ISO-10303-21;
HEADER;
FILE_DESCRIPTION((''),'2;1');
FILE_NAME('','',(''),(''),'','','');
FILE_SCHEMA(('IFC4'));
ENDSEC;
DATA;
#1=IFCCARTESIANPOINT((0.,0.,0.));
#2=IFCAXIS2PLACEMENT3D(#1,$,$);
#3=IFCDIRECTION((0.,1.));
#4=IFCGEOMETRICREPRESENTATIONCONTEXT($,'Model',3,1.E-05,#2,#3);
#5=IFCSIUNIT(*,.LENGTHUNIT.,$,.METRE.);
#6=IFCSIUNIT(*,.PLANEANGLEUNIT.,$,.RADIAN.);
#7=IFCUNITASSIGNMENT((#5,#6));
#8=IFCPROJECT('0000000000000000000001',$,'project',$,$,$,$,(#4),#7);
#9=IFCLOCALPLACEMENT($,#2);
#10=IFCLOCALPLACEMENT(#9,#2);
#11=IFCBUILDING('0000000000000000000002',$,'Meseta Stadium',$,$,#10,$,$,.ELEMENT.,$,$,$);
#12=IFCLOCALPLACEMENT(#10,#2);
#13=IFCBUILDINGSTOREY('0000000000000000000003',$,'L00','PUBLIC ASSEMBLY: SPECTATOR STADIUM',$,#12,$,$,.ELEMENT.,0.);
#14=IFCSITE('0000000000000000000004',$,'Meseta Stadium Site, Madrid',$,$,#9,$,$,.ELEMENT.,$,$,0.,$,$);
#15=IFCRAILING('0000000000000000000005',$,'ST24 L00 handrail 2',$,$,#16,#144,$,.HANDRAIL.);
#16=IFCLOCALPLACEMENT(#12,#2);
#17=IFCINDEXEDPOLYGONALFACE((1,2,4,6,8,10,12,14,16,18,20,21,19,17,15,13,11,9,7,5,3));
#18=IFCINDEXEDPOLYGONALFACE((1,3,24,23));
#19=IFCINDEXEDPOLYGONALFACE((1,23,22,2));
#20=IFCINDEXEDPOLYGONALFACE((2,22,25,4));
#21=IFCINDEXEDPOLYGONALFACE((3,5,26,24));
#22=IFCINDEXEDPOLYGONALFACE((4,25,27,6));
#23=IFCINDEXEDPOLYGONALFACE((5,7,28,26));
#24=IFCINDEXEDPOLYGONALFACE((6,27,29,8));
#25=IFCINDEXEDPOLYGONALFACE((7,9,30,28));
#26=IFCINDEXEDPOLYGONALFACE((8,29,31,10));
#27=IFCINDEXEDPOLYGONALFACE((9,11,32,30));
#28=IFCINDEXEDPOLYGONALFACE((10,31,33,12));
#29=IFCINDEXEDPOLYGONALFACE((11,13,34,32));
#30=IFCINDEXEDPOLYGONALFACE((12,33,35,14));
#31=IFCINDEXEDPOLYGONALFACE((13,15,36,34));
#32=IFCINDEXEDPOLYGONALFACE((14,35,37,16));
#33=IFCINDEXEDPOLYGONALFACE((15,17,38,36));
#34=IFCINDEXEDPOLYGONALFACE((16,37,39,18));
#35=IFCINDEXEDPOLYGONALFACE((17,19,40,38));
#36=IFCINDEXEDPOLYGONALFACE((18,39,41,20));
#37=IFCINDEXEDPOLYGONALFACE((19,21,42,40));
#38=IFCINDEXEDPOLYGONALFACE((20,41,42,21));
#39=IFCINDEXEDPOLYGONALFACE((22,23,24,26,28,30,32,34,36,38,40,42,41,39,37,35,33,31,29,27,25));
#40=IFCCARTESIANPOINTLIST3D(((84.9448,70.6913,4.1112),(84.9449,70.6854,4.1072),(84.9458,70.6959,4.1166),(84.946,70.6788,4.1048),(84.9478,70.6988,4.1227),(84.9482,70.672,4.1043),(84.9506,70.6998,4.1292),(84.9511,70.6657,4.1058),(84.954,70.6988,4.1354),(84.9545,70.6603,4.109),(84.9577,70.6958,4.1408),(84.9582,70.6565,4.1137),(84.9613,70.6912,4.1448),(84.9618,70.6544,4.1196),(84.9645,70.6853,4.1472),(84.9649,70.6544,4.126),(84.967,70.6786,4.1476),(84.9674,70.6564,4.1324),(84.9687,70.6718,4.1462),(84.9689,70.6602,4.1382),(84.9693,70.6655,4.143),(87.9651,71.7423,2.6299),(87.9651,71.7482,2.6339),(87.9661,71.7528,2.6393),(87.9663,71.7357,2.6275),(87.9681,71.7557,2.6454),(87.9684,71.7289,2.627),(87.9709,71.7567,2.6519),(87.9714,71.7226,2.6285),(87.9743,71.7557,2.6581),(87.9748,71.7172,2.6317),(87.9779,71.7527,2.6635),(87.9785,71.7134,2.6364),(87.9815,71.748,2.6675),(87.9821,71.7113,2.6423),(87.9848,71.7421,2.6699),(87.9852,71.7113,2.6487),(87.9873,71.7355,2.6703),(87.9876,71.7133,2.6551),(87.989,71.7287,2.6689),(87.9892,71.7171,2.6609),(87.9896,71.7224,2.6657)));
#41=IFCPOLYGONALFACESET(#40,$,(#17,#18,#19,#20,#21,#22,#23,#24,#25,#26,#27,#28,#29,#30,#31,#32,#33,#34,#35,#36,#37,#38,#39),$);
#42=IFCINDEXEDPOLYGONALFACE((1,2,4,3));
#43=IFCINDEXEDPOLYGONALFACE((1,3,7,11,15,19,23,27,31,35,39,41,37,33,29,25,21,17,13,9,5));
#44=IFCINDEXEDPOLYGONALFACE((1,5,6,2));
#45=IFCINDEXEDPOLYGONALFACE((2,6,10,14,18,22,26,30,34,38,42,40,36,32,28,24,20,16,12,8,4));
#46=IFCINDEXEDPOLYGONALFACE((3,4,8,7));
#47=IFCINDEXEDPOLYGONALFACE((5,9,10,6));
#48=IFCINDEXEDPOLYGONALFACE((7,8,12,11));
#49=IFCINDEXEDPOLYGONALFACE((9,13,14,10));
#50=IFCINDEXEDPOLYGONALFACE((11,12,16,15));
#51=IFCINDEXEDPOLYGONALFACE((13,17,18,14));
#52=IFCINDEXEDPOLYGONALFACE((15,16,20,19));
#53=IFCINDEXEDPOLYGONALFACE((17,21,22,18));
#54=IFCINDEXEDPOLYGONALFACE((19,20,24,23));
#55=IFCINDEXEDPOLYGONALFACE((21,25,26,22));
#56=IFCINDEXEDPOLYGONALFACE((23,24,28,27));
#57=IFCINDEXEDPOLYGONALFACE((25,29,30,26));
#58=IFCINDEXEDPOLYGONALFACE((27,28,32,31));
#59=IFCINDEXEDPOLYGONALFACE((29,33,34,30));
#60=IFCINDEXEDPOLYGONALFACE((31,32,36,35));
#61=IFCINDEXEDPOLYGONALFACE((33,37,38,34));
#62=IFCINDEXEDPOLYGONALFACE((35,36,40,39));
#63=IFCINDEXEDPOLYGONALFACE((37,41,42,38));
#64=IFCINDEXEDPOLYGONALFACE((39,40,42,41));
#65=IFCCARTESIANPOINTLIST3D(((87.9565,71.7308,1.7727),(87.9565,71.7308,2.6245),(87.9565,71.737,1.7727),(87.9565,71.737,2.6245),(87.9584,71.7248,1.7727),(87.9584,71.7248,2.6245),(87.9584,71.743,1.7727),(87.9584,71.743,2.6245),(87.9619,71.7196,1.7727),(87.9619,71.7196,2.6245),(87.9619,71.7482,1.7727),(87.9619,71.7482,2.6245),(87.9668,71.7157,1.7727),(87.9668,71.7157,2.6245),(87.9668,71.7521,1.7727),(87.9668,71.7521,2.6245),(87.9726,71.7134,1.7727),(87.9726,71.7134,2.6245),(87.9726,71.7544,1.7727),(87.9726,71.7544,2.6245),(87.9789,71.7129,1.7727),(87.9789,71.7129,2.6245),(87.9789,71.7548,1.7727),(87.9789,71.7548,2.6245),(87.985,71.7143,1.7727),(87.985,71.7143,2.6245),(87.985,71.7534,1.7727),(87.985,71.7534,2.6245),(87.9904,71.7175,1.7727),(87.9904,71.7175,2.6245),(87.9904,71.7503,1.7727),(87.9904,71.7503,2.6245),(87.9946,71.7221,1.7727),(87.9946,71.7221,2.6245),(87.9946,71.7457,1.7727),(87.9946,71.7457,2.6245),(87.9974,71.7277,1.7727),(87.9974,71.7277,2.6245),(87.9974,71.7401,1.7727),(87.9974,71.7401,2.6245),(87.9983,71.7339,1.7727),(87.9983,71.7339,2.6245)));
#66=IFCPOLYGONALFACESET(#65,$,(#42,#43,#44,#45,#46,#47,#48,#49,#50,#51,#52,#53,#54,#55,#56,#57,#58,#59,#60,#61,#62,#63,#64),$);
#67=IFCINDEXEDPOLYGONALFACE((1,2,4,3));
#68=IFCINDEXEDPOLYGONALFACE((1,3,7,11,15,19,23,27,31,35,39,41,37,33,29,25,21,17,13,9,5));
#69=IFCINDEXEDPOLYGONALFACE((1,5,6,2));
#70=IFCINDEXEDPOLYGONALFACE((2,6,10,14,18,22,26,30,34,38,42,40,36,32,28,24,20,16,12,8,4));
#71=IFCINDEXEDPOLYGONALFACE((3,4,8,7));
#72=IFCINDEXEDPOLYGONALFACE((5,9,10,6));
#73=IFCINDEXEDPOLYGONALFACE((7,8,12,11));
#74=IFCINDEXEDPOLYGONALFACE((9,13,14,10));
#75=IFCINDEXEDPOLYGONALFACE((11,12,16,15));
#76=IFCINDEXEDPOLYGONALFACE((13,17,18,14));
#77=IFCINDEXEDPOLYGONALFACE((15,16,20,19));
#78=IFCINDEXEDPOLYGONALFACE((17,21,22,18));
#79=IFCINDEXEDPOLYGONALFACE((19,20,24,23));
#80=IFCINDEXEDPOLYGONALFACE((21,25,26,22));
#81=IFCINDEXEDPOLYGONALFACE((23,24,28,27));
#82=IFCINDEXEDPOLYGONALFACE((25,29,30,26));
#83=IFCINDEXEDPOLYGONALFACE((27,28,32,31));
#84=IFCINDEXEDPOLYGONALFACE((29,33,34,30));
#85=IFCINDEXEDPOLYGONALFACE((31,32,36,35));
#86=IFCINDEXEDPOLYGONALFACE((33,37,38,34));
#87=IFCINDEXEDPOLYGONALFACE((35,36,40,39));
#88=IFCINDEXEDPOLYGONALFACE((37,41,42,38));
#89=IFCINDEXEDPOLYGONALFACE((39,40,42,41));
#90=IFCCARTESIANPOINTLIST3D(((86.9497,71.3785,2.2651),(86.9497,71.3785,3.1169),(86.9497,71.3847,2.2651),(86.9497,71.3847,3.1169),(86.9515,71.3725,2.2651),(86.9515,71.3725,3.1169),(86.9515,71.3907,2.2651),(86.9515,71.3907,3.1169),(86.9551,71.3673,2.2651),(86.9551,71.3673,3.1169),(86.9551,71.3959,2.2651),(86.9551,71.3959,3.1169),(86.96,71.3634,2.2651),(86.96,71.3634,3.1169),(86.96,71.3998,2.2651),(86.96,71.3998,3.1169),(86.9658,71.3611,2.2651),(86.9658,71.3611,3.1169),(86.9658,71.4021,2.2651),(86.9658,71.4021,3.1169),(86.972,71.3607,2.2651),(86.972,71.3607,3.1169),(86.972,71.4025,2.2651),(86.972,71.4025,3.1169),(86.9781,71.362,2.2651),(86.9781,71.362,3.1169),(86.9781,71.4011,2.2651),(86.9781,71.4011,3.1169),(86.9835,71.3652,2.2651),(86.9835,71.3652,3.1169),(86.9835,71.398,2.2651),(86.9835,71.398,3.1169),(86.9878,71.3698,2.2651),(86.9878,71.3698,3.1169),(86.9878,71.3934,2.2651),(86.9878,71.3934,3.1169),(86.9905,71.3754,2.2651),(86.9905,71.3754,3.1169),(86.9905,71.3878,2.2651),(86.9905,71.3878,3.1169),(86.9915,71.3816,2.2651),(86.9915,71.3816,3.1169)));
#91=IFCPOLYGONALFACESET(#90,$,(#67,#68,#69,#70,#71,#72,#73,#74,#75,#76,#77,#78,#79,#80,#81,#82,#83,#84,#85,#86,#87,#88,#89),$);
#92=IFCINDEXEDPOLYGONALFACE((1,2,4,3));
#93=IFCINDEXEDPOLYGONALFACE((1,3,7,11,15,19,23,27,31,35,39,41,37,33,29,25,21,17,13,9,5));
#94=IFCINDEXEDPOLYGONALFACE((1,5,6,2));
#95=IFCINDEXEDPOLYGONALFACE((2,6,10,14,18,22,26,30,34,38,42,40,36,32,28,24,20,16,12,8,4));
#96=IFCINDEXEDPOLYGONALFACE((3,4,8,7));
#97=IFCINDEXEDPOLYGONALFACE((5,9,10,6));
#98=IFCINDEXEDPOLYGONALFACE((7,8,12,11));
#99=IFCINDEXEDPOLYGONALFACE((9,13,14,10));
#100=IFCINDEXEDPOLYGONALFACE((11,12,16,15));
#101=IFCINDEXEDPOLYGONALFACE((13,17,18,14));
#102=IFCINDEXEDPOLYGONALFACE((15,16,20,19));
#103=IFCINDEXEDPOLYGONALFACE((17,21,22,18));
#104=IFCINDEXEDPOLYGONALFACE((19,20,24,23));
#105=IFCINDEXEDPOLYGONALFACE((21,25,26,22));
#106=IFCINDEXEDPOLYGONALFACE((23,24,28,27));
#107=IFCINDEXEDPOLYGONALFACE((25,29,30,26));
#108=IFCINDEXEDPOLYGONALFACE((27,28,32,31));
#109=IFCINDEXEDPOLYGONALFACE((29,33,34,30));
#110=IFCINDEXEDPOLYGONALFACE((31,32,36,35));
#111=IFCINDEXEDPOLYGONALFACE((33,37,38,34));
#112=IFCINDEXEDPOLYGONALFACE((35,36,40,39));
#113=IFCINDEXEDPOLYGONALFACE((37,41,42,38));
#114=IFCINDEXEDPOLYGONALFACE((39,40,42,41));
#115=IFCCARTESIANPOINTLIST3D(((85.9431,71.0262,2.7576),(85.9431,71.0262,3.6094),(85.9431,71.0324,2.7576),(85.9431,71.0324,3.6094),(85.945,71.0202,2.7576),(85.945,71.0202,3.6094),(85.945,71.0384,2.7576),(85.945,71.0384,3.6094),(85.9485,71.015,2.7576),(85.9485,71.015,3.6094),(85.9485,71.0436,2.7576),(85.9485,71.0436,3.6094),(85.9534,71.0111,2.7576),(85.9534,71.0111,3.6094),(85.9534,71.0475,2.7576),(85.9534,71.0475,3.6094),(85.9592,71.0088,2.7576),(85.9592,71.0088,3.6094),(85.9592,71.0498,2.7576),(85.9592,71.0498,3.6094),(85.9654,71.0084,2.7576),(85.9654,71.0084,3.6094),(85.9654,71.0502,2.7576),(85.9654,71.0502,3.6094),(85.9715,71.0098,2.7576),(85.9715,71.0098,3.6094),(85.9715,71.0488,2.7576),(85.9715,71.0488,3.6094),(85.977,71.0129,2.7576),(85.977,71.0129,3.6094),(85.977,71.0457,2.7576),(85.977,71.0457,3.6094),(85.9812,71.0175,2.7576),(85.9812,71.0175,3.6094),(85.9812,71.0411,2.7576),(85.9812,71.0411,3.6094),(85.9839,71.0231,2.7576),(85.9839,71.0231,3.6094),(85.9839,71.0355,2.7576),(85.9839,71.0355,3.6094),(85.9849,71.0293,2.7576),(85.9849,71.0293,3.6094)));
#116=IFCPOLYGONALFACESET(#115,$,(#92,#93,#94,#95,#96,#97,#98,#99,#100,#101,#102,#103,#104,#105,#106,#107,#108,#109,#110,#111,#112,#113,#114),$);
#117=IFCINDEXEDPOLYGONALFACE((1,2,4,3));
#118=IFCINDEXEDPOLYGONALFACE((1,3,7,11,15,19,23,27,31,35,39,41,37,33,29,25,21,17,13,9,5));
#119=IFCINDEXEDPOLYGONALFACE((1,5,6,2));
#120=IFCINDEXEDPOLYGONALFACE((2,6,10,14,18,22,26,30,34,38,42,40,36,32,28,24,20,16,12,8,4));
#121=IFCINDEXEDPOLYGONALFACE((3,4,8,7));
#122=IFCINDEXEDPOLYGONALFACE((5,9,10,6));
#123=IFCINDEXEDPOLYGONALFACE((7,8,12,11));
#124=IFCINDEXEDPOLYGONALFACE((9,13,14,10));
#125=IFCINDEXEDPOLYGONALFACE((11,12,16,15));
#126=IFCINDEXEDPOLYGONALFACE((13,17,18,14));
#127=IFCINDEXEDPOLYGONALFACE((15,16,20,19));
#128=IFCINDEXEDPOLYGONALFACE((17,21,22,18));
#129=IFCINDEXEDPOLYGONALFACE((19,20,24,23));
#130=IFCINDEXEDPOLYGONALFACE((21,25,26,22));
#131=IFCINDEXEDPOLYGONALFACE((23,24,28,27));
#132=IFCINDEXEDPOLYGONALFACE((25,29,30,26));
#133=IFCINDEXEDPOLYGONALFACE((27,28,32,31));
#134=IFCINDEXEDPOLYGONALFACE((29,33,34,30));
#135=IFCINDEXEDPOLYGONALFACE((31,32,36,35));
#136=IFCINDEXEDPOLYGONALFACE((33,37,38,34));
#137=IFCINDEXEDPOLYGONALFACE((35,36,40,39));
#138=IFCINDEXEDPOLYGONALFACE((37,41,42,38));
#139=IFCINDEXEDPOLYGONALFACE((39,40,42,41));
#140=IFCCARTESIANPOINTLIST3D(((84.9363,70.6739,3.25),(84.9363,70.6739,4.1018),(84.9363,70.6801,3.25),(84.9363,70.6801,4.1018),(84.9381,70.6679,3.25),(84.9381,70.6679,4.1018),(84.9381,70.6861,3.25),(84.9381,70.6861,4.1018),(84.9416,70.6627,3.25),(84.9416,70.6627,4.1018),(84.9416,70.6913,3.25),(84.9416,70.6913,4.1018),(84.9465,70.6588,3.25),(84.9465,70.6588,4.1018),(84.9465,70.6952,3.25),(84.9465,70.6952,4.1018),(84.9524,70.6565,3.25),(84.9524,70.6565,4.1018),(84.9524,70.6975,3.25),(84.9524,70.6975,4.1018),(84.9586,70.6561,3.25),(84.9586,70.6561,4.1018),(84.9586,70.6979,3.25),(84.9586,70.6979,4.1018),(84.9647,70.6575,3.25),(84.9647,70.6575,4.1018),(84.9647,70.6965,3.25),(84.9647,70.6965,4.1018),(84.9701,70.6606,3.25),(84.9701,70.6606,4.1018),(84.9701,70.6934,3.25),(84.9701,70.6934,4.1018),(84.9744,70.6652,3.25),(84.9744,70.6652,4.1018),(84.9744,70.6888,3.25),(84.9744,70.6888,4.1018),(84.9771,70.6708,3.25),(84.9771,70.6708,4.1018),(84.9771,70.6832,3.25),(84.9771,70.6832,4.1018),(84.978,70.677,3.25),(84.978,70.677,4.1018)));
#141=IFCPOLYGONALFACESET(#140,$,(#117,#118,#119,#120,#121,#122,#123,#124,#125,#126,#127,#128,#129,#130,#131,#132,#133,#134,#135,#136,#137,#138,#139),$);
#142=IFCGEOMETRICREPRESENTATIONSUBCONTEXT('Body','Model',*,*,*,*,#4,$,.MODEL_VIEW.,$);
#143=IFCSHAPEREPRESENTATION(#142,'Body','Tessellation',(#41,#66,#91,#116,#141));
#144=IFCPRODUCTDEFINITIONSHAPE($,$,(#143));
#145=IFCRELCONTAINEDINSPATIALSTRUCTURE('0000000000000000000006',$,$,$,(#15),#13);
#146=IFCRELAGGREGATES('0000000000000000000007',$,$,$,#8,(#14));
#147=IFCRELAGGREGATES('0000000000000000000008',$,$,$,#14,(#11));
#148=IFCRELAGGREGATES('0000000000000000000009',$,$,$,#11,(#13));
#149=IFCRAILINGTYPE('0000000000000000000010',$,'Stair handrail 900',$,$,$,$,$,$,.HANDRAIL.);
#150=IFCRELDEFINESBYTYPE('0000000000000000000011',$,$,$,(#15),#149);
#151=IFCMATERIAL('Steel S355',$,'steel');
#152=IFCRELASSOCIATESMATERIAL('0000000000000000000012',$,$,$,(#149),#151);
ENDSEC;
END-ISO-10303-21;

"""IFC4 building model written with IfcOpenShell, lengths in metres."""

from ifc_helpers import new_model, si_unit, direction, frame, origin, origin_2d, place, context, subcontext, project, spatial, circle, extrude, material, type_object, element, save


model = new_model("IFC4")

# Units and contexts
model_context = context("Model", 3, precision=1e-05, world=origin(), true_north=direction((0.0, 1.0)))
body_context = subcontext(model_context, "Body", "Model", "MODEL_VIEW")
ifc_project = project(units=[si_unit("LENGTHUNIT", "METRE"), si_unit("PLANEANGLEUNIT", "RADIAN")], contexts=[model_context])

# Site, building, storey
site_placement = place(None, origin())
site = spatial("IfcSite", under=ifc_project, at=site_placement, Name="Meseta Stadium Site, Madrid", CompositionType="ELEMENT", RefElevation=0.0)
building_placement = place(site_placement, origin())
building = spatial("IfcBuilding", under=site, at=building_placement, Name="Meseta Stadium", CompositionType="ELEMENT")
storey_placement = place(building_placement, origin())
storey = spatial("IfcBuildingStorey", under=building, at=storey_placement, Name="L00", Description="PUBLIC ASSEMBLY: SPECTATOR STADIUM", CompositionType="ELEMENT", Elevation=0.0)

# Railing
ifc_material_1 = material(Name="Steel S355", Category="steel")
railing_type_1 = type_object("IfcRailingType", Name="Stair handrail 900", PredefinedType="HANDRAIL", material=ifc_material_1)
railing_1_placement = place(storey_placement, frame((87.9773, 71.7339, 1.7727)))
element("IfcRailing", 1, at=railing_1_placement, inside=storey, type_object=railing_type_1, Name="ST24 L00 handrail 2", PredefinedType="HANDRAIL", context=body_context, shape_type="SweptSolid", body=[
    extrude(circle(Radius=0.0239, at=origin_2d()), frame((0.0, 0.0, 0.876), z_axis=(-0.856958, -0.299876, 0.419162), x_axis=(0.330293, -0.943879, 0.0)), (0.0, 0.0, 1.0), 3.5244),
    extrude(circle(Radius=0.021, at=origin_2d()), origin(), (0.0, 0.0, 1.0), 0.8518),
    extrude(circle(Radius=0.021, at=origin_2d()), frame((-1.0068, -0.3523, 0.4924)), (0.0, 0.0, 1.0), 0.8518),
    extrude(circle(Radius=0.021, at=origin_2d()), frame((-2.0134, -0.7046, 0.9849)), (0.0, 0.0, 1.0), 0.8518),
    extrude(circle(Radius=0.021, at=origin_2d()), frame((-3.0203, -1.0569, 1.4773)), (0.0, 0.0, 1.0), 0.8518),
])

save(model, "model.ifc")
